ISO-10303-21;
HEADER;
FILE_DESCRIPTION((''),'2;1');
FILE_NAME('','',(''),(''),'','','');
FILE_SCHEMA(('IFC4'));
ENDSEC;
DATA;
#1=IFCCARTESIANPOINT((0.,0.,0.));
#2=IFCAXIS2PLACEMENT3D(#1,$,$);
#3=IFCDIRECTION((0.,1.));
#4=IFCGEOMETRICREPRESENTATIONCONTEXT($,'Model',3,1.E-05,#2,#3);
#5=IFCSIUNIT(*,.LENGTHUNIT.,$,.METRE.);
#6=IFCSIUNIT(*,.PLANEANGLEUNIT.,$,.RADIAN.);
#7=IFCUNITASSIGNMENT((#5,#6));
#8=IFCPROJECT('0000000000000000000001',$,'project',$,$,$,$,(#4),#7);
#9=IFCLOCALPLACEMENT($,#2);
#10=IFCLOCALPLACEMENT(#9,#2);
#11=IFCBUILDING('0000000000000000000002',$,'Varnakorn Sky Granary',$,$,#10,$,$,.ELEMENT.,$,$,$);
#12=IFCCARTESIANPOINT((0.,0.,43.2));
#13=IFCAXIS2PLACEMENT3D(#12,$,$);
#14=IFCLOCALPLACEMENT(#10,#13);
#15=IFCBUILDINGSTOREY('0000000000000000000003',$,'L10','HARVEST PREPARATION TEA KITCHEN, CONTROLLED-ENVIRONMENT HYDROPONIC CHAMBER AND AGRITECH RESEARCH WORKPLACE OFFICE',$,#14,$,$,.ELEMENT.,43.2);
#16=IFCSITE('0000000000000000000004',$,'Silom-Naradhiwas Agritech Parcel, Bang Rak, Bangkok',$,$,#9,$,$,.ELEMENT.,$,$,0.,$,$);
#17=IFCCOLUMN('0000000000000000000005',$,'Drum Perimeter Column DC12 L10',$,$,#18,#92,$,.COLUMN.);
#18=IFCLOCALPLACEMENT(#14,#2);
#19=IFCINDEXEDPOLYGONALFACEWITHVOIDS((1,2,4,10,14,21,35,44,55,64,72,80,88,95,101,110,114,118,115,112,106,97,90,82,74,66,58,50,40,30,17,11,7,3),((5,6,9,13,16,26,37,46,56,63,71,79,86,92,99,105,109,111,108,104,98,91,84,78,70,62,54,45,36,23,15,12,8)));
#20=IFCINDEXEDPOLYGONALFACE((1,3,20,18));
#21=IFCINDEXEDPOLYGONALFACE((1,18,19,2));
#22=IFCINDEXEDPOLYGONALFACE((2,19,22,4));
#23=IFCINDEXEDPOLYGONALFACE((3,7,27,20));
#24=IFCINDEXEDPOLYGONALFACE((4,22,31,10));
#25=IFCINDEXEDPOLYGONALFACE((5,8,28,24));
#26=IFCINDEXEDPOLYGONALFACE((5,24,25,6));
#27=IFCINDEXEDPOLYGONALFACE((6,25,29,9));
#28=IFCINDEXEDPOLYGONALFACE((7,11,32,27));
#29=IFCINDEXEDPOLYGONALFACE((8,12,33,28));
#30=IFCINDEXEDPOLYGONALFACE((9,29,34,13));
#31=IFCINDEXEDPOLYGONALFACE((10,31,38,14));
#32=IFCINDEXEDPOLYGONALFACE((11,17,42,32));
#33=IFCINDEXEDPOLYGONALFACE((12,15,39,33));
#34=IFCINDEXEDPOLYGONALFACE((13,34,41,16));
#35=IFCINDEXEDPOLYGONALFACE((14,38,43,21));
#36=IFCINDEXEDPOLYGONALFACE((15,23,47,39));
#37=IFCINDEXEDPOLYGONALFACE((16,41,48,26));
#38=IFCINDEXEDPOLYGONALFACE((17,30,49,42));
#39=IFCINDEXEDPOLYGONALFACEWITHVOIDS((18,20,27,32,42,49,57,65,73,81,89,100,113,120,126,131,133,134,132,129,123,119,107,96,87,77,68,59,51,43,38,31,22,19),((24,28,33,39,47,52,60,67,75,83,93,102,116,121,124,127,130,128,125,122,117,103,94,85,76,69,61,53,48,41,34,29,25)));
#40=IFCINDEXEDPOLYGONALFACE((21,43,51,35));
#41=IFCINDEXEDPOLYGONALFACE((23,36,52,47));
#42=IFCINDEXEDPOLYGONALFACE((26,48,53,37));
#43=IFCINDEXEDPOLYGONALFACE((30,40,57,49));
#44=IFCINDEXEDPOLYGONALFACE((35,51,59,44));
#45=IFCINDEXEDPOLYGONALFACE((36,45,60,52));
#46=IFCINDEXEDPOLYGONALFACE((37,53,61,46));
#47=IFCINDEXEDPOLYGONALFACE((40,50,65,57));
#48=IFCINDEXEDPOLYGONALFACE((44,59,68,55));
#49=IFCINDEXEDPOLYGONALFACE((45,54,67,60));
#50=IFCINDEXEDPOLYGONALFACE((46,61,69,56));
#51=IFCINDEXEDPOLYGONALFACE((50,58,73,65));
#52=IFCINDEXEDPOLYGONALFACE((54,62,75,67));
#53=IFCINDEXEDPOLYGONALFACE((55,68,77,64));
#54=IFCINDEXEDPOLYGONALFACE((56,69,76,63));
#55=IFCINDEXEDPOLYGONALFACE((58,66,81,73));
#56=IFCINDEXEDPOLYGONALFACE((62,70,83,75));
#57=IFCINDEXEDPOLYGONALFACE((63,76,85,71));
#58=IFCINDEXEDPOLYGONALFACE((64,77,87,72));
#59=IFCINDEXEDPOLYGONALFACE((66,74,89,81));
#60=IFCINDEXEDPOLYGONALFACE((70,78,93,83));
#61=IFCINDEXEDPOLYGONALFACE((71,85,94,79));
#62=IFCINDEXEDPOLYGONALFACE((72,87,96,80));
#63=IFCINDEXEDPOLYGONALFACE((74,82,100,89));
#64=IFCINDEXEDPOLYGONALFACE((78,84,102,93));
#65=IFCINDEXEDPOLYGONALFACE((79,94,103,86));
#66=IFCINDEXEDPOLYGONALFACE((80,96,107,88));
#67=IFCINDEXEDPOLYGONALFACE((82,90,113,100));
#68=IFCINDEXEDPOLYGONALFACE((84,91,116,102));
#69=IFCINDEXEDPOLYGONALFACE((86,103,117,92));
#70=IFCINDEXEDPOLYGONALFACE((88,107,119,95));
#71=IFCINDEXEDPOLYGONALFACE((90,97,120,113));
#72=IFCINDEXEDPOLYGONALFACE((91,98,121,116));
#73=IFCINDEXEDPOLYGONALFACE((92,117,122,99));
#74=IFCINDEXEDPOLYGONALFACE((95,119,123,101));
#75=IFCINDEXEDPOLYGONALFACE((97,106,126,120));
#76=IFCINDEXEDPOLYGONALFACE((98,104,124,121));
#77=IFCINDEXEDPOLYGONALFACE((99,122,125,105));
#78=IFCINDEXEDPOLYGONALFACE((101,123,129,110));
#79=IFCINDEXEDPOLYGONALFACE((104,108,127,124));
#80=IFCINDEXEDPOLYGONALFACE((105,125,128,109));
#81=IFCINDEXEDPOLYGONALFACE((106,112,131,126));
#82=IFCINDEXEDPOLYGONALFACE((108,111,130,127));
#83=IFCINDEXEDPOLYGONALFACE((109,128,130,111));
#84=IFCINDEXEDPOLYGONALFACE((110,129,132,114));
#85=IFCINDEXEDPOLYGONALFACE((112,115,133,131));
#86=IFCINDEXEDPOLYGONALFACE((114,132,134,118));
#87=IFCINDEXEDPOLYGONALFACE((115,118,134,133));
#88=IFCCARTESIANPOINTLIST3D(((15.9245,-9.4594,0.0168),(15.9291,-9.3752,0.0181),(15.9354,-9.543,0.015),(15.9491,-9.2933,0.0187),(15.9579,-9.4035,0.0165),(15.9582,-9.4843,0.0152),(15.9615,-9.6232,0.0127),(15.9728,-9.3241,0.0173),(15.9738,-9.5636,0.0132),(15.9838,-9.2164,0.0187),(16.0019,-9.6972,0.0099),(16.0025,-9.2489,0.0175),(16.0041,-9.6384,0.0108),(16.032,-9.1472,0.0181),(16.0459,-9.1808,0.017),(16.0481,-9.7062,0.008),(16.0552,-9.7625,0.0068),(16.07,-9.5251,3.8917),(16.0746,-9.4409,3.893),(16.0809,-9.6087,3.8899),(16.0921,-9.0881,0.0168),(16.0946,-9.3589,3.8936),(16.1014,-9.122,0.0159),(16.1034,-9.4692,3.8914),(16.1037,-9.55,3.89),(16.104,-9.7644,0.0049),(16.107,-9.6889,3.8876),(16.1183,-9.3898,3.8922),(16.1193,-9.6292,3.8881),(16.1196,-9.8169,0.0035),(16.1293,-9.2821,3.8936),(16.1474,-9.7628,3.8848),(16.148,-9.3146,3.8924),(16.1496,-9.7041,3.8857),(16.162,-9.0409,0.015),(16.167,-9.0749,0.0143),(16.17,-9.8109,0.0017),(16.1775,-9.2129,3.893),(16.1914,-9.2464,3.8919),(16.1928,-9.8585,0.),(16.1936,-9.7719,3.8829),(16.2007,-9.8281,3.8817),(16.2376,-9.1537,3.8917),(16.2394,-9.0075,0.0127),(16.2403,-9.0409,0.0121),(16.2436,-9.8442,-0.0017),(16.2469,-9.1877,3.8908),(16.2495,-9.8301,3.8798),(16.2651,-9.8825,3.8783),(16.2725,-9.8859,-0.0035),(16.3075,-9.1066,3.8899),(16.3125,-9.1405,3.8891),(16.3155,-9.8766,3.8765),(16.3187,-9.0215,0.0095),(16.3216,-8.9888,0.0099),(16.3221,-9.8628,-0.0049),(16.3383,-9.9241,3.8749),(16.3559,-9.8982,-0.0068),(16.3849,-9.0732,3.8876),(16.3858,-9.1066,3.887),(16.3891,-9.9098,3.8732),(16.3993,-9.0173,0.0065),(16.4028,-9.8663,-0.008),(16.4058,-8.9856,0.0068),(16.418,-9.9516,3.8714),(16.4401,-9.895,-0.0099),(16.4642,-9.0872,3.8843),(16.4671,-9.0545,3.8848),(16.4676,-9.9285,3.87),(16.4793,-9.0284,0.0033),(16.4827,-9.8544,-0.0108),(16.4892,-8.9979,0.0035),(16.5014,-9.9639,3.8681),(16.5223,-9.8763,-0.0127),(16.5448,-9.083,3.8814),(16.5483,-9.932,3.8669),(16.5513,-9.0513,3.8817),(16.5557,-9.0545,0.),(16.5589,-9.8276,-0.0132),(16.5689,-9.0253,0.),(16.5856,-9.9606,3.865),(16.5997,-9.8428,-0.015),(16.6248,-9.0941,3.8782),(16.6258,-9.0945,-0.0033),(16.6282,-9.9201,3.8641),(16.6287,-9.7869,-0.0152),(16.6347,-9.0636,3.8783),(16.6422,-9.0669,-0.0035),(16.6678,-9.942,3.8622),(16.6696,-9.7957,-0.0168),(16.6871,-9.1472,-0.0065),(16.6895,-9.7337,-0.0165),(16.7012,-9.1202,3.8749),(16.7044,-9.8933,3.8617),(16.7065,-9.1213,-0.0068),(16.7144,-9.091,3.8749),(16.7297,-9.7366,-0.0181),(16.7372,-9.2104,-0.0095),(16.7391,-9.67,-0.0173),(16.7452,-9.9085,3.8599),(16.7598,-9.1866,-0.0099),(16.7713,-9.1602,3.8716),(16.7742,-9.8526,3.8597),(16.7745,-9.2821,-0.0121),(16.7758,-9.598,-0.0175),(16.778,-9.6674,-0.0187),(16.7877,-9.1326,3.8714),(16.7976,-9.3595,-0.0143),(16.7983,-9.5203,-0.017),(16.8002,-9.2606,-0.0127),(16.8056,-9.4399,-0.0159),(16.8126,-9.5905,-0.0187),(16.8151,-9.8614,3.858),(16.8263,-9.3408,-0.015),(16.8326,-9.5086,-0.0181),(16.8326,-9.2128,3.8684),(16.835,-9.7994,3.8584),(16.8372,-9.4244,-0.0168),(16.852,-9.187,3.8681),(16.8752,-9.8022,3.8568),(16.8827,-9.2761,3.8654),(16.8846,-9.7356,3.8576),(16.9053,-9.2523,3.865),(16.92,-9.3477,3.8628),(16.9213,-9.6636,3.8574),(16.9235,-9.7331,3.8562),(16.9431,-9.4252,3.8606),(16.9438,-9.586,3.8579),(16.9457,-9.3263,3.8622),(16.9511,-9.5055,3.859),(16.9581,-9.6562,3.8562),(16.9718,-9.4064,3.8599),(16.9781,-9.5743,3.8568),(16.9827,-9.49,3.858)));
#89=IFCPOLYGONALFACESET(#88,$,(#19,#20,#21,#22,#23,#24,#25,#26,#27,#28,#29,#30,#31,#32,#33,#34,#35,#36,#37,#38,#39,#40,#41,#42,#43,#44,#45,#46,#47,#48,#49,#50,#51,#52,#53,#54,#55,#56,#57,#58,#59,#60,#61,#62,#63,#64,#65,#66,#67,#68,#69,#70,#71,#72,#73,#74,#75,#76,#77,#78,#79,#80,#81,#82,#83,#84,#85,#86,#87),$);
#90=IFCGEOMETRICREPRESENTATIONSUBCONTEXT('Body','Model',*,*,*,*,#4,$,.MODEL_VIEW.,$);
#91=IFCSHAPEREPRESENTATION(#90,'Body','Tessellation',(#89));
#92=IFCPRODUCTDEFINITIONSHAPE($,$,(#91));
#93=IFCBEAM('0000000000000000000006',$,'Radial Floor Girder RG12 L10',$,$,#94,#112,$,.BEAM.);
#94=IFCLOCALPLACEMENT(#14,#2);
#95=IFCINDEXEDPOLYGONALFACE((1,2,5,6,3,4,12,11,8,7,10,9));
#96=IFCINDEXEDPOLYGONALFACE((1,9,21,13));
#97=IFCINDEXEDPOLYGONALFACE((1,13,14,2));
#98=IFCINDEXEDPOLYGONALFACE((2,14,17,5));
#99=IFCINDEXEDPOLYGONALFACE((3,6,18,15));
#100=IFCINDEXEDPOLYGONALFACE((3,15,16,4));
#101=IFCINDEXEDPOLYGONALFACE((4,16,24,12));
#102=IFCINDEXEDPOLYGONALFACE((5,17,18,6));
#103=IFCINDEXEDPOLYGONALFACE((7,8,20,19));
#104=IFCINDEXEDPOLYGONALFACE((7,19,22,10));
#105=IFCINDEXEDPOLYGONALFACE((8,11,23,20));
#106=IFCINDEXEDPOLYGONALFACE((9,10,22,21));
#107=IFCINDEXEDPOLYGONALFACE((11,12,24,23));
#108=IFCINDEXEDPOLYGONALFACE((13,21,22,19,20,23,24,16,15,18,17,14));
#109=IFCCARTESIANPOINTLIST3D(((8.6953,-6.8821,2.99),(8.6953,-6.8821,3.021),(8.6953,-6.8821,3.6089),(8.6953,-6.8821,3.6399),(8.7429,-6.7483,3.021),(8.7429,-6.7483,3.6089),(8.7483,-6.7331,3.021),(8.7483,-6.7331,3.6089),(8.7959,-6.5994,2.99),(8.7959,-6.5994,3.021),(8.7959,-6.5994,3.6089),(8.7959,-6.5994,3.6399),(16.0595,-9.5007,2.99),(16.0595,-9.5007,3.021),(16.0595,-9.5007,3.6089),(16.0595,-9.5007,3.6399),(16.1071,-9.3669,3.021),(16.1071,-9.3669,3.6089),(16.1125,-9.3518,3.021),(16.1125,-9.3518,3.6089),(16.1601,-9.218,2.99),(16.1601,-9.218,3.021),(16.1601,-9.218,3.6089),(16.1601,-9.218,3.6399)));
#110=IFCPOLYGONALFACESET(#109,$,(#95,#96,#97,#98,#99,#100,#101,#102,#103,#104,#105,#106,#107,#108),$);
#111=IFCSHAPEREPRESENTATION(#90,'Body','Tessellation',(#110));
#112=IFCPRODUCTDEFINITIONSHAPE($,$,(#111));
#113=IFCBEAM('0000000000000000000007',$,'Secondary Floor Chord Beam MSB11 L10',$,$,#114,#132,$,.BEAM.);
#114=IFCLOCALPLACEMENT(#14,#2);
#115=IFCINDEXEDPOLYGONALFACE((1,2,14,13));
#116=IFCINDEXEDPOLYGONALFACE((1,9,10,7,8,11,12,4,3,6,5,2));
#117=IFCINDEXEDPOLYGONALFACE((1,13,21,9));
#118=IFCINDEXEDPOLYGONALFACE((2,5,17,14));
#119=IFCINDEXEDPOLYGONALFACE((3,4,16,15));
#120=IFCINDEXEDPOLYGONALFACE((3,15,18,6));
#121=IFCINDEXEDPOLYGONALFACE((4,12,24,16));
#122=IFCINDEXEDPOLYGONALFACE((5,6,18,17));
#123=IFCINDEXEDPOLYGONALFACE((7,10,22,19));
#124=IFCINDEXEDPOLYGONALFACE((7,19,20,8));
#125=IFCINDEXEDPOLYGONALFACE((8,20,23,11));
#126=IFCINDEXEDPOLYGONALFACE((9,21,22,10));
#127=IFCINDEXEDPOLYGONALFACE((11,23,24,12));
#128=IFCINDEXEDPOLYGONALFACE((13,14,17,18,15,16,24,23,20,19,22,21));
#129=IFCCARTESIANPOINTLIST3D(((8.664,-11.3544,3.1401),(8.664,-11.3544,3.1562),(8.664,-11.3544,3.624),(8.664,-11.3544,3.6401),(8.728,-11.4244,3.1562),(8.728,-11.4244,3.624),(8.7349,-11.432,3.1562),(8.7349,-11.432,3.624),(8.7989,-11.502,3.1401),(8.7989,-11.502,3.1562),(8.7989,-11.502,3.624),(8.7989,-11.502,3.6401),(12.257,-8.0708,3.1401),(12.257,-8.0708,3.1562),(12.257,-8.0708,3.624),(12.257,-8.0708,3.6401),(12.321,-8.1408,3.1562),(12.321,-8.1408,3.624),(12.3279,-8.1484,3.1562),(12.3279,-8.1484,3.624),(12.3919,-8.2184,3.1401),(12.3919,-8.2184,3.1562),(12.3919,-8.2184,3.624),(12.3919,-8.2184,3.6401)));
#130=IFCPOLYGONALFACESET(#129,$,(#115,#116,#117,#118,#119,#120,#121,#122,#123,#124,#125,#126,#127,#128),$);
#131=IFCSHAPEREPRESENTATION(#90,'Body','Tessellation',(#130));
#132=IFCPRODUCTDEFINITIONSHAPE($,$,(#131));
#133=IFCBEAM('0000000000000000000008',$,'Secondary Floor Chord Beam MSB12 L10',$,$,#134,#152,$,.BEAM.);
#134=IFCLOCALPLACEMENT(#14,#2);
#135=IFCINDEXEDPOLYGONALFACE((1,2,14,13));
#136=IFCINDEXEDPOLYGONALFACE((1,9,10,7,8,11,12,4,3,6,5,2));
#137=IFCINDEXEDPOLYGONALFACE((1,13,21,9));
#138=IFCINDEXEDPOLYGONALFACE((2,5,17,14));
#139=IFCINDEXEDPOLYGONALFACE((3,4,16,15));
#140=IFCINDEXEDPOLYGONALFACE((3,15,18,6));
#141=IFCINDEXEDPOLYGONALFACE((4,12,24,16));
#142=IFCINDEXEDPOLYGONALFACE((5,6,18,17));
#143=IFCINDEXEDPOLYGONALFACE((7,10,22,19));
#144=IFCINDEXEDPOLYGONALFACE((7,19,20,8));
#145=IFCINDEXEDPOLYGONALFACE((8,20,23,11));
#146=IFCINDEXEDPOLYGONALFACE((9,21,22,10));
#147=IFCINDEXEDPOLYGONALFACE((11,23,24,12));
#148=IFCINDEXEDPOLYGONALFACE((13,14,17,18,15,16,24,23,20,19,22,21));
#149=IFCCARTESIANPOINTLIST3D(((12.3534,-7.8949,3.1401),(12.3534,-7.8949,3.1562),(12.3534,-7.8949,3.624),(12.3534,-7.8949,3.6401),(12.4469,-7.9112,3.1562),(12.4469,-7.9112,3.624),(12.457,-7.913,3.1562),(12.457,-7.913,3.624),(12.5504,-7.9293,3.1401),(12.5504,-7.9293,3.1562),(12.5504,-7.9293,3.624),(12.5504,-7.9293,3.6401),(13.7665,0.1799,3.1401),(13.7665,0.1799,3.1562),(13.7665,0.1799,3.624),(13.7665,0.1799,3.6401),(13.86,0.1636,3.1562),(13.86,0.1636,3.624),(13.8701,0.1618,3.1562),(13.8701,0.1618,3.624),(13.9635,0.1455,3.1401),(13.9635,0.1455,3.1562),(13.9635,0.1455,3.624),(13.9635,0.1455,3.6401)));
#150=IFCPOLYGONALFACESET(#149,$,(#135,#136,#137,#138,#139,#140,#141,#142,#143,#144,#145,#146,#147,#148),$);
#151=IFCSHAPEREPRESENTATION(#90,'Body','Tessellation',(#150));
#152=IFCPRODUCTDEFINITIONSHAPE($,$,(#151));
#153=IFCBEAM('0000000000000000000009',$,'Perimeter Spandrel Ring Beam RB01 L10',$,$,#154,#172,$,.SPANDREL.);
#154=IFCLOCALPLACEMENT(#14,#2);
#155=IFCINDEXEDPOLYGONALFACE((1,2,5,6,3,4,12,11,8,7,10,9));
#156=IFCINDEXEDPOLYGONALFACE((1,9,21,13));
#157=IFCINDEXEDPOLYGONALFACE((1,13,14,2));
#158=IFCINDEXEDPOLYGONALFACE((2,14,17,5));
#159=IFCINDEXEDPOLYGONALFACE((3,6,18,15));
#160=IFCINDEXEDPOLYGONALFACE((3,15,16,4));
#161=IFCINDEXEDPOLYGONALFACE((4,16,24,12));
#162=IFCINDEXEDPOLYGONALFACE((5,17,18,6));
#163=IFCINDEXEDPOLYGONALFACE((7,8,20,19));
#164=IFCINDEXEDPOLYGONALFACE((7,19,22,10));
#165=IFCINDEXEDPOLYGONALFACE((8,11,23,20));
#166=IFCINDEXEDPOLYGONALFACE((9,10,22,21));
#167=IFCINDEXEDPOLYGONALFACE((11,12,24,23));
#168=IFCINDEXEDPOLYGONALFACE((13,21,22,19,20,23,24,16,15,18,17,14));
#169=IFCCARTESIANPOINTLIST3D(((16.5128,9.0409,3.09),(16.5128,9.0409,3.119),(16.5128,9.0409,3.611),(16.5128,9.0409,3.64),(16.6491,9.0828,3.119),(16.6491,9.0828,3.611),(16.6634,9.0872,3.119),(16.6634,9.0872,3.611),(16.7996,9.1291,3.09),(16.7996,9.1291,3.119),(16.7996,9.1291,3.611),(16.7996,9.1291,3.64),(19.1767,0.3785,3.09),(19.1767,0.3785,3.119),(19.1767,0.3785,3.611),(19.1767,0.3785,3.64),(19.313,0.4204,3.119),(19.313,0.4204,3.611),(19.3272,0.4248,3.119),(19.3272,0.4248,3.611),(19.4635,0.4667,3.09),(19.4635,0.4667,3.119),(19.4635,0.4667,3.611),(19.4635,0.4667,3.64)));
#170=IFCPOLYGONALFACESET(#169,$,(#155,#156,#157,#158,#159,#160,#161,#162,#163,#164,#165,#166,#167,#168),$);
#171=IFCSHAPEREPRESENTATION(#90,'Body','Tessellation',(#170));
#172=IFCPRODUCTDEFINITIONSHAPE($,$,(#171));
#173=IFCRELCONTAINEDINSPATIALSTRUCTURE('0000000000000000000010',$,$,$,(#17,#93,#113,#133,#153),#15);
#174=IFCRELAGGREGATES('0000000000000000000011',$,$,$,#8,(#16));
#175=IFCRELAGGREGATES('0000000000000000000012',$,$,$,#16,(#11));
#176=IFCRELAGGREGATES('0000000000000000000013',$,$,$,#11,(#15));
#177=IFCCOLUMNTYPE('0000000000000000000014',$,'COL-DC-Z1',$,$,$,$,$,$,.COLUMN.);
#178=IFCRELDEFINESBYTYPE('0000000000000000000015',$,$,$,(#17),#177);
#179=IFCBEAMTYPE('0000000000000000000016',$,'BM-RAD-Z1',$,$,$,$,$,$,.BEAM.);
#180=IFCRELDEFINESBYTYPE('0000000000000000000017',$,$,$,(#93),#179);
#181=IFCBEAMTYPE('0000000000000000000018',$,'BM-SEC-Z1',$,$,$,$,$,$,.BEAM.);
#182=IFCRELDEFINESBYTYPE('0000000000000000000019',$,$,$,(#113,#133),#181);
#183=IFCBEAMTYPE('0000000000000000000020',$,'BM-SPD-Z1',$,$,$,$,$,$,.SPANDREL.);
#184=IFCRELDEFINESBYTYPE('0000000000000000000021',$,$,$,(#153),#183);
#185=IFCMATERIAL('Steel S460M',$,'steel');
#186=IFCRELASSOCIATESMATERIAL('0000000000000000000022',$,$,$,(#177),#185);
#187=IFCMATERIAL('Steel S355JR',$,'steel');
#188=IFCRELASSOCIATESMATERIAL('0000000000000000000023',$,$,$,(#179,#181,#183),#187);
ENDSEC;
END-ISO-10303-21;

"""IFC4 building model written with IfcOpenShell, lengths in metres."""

from ifc_helpers import new_model, si_unit, direction, frame, origin, origin_2d, place, context, subcontext, project, spatial, hollow_circle, i_section, extrude, material, material_profile, profile_set, type_object, element, save


model = new_model("IFC4")

# Units and contexts
model_context = context("Model", 3, precision=1e-05, world=origin(), true_north=direction((0.0, 1.0)))
body_context = subcontext(model_context, "Body", "Model", "MODEL_VIEW")
ifc_project = project(units=[si_unit("LENGTHUNIT", "METRE"), si_unit("PLANEANGLEUNIT", "RADIAN")], contexts=[model_context])

# Site, building, storey
site_placement = place(None, origin())
site = spatial("IfcSite", under=ifc_project, at=site_placement, Name="Silom-Naradhiwas Agritech Parcel, Bang Rak, Bangkok", CompositionType="ELEMENT", RefElevation=0.0)
building_placement = place(site_placement, origin())
building = spatial("IfcBuilding", under=site, at=building_placement, Name="Varnakorn Sky Granary", CompositionType="ELEMENT")
storey_placement = place(building_placement, frame((0.0, 0.0, 43.2)))
storey = spatial("IfcBuildingStorey", under=building, at=storey_placement, Name="L10", Description="HARVEST PREPARATION TEA KITCHEN, CONTROLLED-ENVIRONMENT HYDROPONIC CHAMBER AND AGRITECH RESEARCH WORKPLACE OFFICE", CompositionType="ELEMENT", Elevation=43.2)

# Column
ifc_material_1 = material(Name="Steel S460M", Category="steel")
ifc_material_profile_1 = material_profile(ifc_material_1, hollow_circle(Radius=0.457, WallThickness=0.032, at=origin_2d()), Name="CHS 914x32")
ifc_profile_set_1 = profile_set([ifc_material_profile_1], Name="Steel S460M")
column_type = type_object("IfcColumnType", Name="COL-DC-Z1", PredefinedType="COLUMN", material=ifc_profile_set_1)
column_1_placement = place(storey_placement, frame((16.3809, -9.4419, 0.0), z_axis=(0.037519, -0.016934, 0.999152), x_axis=(0.411382, 0.911463, 0.0)))
element("IfcColumn", 1, at=column_1_placement, inside=storey, type_object=column_type, Name="Drum Perimeter Column DC12 L10", PredefinedType="COLUMN", context=body_context, shape_type="SweptSolid", body=[
    extrude(hollow_circle(Radius=0.457, WallThickness=0.032, at=origin_2d()), origin(), (0.0, 0.0, 1.0), 3.8782),
])

# Beams
ifc_material_2 = material(Name="Steel S355JR", Category="steel")
ifc_material_profile_2 = material_profile(ifc_material_2, i_section(OverallWidth=0.3, OverallDepth=0.6499, WebThickness=0.0161, FlangeThickness=0.031, at=origin_2d()), Name="HE 650 B")
ifc_profile_set_2 = profile_set([ifc_material_profile_2], Name="Steel S355JR")
beam_type_1 = type_object("IfcBeamType", Name="BM-RAD-Z1", PredefinedType="BEAM", material=ifc_profile_set_2)
beam_1_placement = place(storey_placement, frame((8.7456, -6.7407, 3.3149), z_axis=(0.942205, -0.335038, 0.0), x_axis=(0.335038, 0.942205, 0.0)))
element("IfcBeam", 2, at=beam_1_placement, inside=storey, type_object=beam_type_1, Name="Radial Floor Girder RG12 L10", PredefinedType="BEAM", context=body_context, shape_type="SweptSolid", body=[
    extrude(i_section(OverallWidth=0.3, OverallDepth=0.6499, WebThickness=0.0161, FlangeThickness=0.031, at=origin_2d()), origin(), (0.0, 0.0, 1.0), 7.8159),
])
ifc_material_profile_3 = material_profile(ifc_material_2, i_section(OverallWidth=0.2, OverallDepth=0.5, WebThickness=0.0103, FlangeThickness=0.0161, at=origin_2d()), Name="IPE 500")
ifc_profile_set_3 = profile_set([ifc_material_profile_3], Name="Steel S355JR")
beam_type_2 = type_object("IfcBeamType", Name="BM-SEC-Z1", PredefinedType="BEAM", material=ifc_profile_set_3)
beam_2_placement = place(storey_placement, frame((8.7314, -11.4282, 3.3901), z_axis=(0.738167, 0.674618, 0.0), x_axis=(-0.674618, 0.738167, 0.0)))
element("IfcBeam", 3, at=beam_2_placement, inside=storey, type_object=beam_type_2, Name="Secondary Floor Chord Beam MSB11 L10", PredefinedType="BEAM", context=body_context, shape_type="SweptSolid", body=[
    extrude(i_section(OverallWidth=0.2, OverallDepth=0.5, WebThickness=0.0103, FlangeThickness=0.0161, at=origin_2d()), origin(), (0.0, 0.0, 1.0), 4.8674),
])
beam_3_placement = place(storey_placement, frame((12.4519, -7.9121, 3.3901), z_axis=(0.172382, 0.98503, 0.0), x_axis=(-0.98503, 0.172382, 0.0)))
element("IfcBeam", 4, at=beam_3_placement, inside=storey, type_object=beam_type_2, Name="Secondary Floor Chord Beam MSB12 L10", PredefinedType="BEAM", context=body_context, shape_type="SweptSolid", body=[
    extrude(i_section(OverallWidth=0.2, OverallDepth=0.5, WebThickness=0.0103, FlangeThickness=0.0161, at=origin_2d()), origin(), (0.0, 0.0, 1.0), 8.1975),
])
ifc_material_profile_4 = material_profile(ifc_material_2, i_section(OverallWidth=0.3, OverallDepth=0.55, WebThickness=0.0149, FlangeThickness=0.0291, at=origin_2d()), Name="HE 550 B")
ifc_profile_set_4 = profile_set([ifc_material_profile_4], Name="Steel S355JR")
beam_type_3 = type_object("IfcBeamType", Name="BM-SPD-Z1", PredefinedType="SPANDREL", material=ifc_profile_set_4)
beam_4_placement = place(storey_placement, frame((19.3201, 0.4226, 3.365), z_axis=(-0.293933, 0.955826, 0.0), x_axis=(-0.955826, -0.293933, 0.0)))
element("IfcBeam", 5, at=beam_4_placement, inside=storey, type_object=beam_type_3, Name="Perimeter Spandrel Ring Beam RB01 L10", PredefinedType="SPANDREL", context=body_context, shape_type="SweptSolid", body=[
    extrude(i_section(OverallWidth=0.3, OverallDepth=0.55, WebThickness=0.0149, FlangeThickness=0.0291, at=origin_2d()), origin(), (0.0, 0.0, 1.0), 9.0627),
])

save(model, "model.ifc")
